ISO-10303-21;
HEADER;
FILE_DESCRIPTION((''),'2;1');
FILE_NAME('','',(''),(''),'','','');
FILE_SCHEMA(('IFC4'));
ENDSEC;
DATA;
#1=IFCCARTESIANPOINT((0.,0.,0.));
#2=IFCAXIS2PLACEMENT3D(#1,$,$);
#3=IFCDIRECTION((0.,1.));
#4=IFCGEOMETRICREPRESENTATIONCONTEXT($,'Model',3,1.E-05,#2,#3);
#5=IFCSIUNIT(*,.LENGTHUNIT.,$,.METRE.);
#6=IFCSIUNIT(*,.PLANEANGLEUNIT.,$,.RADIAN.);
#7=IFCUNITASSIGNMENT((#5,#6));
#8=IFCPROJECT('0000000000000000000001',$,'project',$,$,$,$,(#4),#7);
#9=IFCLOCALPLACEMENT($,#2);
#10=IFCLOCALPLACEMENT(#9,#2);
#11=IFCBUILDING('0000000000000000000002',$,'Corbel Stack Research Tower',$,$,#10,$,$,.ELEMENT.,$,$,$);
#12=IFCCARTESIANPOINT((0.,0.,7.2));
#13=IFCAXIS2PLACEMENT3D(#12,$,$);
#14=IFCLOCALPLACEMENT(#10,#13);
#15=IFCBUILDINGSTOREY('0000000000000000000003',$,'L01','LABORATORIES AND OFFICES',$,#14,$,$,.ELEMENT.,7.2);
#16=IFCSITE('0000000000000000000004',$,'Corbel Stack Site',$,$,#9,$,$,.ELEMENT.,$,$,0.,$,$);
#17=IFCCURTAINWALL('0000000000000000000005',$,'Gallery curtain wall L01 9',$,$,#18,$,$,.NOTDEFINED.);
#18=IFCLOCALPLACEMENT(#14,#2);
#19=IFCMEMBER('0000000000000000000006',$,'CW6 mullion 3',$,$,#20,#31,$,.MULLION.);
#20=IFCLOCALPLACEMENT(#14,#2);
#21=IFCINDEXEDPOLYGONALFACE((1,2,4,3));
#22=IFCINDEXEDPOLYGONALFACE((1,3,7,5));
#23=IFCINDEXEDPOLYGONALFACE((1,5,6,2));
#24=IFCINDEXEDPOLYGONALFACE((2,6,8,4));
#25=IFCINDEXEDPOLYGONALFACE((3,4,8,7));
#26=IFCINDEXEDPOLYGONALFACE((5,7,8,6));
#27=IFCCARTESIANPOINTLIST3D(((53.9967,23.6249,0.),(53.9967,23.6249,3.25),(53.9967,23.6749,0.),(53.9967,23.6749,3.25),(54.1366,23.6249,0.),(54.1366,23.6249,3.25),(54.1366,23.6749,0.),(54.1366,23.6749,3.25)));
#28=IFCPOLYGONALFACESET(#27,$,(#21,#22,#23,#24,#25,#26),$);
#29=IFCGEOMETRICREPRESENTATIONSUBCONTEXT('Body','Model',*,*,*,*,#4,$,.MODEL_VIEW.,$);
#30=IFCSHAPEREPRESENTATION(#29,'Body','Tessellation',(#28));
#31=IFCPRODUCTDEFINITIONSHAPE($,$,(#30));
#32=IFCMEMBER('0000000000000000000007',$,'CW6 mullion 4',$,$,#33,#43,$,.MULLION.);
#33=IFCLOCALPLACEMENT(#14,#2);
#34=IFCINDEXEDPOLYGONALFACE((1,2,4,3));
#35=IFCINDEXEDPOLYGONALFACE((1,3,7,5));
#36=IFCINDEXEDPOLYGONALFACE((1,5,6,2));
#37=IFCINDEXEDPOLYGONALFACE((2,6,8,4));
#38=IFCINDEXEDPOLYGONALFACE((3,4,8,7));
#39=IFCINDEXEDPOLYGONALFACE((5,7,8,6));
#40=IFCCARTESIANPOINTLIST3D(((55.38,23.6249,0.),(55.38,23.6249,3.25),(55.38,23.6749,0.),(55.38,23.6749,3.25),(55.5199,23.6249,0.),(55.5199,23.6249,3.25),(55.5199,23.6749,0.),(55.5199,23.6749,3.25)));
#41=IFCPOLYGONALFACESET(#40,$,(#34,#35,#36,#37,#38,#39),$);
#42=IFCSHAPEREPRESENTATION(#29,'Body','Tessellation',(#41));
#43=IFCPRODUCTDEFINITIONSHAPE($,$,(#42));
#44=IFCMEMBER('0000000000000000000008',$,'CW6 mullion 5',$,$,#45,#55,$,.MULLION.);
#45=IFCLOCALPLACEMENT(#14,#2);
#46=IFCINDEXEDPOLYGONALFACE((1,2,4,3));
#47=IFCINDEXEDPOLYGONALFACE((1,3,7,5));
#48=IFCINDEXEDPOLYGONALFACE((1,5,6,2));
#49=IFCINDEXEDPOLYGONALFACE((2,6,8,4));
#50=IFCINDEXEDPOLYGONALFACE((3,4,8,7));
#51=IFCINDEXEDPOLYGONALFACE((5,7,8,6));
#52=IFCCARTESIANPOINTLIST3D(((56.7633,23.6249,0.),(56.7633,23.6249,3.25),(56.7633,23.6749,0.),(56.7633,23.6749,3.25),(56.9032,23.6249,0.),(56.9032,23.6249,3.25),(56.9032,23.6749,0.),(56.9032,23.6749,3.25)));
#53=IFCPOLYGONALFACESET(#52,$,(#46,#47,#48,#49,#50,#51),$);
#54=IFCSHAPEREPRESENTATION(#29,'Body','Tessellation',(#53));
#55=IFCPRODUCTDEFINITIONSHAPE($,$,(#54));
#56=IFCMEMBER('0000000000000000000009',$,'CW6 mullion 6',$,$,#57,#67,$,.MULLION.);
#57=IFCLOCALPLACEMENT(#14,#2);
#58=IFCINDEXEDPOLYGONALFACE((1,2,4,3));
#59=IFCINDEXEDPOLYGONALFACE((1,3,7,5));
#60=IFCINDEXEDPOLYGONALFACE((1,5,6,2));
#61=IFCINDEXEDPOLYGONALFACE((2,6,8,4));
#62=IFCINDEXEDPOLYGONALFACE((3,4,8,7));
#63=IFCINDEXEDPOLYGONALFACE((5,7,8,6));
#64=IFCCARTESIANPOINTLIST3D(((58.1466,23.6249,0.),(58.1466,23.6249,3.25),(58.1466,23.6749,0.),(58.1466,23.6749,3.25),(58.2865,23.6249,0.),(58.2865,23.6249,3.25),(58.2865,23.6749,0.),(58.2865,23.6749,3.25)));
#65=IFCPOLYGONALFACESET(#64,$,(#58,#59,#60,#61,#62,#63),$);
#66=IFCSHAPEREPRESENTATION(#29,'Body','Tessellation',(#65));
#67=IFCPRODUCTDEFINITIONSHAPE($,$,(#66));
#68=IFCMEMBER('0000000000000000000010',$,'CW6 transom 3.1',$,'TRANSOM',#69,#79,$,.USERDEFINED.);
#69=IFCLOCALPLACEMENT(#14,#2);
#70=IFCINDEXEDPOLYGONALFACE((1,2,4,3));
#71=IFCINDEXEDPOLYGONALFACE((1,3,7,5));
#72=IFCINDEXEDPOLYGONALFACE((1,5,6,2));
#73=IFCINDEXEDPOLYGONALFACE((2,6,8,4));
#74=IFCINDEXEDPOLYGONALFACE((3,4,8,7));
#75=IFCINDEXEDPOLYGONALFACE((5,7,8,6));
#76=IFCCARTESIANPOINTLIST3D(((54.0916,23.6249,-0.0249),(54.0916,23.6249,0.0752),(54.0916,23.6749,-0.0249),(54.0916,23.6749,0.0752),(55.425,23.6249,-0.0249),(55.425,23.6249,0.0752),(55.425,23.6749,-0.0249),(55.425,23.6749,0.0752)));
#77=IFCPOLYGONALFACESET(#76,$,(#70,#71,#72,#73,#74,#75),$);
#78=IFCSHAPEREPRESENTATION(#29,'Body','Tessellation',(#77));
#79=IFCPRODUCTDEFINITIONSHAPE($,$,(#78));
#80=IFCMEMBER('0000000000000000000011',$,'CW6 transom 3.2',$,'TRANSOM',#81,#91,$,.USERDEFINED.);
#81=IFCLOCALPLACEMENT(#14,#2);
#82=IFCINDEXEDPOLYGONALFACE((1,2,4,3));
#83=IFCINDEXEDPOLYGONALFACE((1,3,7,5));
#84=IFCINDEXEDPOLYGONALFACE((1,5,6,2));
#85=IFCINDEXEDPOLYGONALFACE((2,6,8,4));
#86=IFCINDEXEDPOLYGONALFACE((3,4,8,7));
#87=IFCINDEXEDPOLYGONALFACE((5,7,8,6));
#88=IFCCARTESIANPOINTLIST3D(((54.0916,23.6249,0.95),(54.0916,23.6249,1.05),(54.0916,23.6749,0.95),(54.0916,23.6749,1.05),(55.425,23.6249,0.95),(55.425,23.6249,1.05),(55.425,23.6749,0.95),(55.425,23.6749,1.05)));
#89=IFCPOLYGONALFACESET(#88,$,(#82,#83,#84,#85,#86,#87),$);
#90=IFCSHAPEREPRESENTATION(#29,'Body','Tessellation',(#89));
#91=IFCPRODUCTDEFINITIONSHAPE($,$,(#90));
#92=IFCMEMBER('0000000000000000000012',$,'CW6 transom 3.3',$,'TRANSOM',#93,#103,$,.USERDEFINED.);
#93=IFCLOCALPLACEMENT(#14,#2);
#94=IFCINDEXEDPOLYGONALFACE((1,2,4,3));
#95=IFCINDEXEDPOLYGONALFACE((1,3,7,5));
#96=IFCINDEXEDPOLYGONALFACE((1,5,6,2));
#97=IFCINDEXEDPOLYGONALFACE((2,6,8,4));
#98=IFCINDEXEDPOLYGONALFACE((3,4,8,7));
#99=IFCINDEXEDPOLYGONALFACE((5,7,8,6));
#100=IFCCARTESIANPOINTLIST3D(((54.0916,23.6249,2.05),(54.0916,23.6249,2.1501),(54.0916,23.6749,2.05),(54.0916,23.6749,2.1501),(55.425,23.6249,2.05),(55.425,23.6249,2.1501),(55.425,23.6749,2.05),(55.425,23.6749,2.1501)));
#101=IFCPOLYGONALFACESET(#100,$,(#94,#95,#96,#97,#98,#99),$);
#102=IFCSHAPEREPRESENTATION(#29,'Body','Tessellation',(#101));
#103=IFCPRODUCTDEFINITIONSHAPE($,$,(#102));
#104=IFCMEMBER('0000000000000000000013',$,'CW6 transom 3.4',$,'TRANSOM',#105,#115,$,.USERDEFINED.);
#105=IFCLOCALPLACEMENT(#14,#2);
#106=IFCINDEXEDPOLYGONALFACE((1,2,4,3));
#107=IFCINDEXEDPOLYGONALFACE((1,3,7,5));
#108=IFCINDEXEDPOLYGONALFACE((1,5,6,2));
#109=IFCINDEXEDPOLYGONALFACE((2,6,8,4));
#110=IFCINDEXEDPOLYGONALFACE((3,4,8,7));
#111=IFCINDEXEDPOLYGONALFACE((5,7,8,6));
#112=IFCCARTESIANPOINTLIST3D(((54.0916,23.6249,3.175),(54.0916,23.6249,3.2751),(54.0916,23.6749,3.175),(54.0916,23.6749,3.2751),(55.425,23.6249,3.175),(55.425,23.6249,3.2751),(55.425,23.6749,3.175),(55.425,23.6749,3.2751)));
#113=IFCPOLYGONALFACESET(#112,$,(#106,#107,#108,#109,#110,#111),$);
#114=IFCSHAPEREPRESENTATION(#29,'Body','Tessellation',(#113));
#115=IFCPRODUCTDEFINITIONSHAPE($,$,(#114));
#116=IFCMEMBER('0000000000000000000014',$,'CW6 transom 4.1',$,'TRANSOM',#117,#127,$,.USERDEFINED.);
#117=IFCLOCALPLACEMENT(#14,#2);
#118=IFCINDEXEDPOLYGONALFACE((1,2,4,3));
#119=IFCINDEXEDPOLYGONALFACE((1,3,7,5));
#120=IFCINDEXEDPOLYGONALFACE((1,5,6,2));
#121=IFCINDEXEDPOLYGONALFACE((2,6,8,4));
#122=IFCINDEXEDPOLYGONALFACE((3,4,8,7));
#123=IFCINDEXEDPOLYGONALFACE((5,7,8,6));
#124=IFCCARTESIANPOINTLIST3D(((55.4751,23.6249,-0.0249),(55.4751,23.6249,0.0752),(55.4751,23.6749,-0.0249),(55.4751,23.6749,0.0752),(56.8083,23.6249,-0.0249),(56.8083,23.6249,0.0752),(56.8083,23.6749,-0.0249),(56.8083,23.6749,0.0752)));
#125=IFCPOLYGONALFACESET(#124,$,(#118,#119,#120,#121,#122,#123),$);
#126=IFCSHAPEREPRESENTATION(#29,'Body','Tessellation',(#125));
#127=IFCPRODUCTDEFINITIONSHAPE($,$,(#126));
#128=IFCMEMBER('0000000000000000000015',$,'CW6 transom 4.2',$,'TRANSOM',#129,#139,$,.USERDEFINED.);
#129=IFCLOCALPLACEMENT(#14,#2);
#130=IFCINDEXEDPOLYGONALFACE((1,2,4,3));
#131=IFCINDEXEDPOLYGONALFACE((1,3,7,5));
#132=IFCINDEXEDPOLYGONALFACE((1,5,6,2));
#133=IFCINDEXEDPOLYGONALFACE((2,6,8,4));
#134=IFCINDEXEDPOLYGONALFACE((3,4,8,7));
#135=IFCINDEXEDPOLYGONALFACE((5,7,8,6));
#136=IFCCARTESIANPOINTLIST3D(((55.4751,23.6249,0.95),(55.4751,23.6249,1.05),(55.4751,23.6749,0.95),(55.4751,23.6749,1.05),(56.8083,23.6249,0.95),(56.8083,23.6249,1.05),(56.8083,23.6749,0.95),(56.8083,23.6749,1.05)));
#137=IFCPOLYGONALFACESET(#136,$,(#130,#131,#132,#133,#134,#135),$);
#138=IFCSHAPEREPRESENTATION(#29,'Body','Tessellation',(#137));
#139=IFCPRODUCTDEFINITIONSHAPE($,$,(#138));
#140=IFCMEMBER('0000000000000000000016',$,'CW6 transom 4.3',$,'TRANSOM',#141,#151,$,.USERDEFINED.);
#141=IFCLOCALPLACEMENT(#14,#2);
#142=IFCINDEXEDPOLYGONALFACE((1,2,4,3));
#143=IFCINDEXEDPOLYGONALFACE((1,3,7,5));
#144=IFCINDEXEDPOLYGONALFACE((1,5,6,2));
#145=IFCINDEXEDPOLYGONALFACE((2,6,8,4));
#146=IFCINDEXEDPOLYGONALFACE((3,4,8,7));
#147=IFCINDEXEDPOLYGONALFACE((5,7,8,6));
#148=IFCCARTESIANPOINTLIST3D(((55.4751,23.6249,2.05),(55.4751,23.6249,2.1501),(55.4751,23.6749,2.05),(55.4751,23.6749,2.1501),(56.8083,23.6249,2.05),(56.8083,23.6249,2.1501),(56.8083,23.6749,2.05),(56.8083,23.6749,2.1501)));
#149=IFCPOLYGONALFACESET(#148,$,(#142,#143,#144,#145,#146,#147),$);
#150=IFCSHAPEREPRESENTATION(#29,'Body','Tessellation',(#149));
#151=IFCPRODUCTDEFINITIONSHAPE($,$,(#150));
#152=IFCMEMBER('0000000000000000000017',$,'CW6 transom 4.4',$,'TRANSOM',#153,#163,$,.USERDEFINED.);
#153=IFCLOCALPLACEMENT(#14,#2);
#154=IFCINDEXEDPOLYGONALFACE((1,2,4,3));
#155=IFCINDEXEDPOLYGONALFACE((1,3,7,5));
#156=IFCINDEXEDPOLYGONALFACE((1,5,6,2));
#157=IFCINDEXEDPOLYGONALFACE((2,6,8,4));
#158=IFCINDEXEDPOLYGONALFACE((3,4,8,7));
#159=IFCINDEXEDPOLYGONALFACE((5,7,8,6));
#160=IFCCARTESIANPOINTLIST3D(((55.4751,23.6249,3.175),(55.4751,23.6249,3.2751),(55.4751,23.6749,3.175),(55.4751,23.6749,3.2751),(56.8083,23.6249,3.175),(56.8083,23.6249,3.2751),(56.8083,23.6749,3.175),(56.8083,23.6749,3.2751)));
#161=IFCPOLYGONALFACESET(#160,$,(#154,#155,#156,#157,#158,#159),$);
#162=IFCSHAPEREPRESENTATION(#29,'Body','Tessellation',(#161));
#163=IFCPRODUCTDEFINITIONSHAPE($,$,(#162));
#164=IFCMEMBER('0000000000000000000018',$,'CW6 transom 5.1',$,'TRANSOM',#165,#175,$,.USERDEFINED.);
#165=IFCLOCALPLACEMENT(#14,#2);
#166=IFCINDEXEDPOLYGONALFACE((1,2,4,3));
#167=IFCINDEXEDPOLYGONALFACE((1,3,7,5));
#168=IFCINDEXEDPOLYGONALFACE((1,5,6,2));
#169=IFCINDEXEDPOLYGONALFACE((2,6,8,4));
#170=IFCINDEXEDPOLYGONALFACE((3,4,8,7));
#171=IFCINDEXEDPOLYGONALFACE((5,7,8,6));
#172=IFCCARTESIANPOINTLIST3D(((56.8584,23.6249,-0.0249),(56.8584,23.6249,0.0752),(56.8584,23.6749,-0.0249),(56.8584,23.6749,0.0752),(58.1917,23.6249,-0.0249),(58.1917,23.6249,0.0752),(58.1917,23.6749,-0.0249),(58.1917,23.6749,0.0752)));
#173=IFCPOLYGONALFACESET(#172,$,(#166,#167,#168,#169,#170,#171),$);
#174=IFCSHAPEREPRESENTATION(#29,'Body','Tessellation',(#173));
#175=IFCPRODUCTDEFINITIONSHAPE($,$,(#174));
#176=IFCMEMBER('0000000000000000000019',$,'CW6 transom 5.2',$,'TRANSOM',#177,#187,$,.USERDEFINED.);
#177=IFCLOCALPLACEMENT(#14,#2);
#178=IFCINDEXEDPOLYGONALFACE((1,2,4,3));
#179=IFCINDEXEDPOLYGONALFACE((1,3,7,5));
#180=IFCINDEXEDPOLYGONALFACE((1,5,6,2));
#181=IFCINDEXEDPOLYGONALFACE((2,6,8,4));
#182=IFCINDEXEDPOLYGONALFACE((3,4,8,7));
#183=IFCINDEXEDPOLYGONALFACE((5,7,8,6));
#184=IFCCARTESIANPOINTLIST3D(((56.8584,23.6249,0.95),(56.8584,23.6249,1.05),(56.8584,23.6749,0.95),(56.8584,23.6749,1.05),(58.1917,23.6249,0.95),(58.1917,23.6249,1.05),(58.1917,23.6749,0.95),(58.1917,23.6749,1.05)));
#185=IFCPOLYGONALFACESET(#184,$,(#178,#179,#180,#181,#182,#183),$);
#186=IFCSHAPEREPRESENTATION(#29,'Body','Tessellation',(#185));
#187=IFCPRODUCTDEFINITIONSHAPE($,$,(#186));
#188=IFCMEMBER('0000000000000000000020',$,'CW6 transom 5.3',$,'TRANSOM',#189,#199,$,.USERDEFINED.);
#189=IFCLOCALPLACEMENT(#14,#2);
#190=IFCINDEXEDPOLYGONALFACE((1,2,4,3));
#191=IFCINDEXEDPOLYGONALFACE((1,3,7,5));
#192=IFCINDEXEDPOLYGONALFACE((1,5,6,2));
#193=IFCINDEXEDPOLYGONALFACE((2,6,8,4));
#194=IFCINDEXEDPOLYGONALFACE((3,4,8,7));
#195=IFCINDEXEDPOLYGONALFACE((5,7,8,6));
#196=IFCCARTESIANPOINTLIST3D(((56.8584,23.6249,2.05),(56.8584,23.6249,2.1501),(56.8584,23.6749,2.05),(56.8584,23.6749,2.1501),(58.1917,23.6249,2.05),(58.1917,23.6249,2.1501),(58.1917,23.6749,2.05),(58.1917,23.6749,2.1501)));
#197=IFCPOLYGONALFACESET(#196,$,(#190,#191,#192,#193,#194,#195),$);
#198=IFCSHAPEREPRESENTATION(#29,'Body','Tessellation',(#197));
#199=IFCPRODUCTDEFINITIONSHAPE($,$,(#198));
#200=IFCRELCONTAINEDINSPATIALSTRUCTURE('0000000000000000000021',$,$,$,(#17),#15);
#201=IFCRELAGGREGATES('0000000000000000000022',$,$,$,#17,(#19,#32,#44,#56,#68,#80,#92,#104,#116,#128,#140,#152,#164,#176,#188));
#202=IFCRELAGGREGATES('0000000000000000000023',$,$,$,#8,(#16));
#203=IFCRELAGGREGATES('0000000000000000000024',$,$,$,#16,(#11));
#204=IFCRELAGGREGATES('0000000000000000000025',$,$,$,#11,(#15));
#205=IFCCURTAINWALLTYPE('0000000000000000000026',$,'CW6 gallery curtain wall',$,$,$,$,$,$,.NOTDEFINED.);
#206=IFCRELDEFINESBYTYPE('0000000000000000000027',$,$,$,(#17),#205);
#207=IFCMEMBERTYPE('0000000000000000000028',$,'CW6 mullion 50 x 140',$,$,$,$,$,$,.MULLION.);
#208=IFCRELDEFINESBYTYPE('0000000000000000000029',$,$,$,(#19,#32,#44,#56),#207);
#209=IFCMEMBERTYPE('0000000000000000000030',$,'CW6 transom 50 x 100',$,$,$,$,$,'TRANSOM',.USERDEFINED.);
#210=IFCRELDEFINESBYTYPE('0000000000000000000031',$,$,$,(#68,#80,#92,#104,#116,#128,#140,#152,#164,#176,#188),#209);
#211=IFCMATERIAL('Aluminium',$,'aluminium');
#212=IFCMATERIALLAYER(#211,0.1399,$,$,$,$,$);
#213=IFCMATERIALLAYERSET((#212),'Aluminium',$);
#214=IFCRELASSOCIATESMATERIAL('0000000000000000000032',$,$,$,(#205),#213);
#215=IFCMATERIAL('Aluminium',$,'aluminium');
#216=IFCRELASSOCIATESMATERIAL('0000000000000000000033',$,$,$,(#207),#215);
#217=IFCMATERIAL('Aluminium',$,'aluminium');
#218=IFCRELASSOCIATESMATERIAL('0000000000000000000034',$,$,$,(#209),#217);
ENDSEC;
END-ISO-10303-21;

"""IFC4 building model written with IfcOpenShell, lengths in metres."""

from ifc_helpers import new_model, si_unit, direction, frame, origin, origin_2d, place, context, subcontext, project, spatial, rectangle, extrude, material, layer, layer_set, material_profile, profile_set, type_object, element, aggregate, save


model = new_model("IFC4")

# Units and contexts
model_context = context("Model", 3, precision=1e-05, world=origin(), true_north=direction((0.0, 1.0)))
body_context = subcontext(model_context, "Body", "Model", "MODEL_VIEW")
ifc_project = project(units=[si_unit("LENGTHUNIT", "METRE"), si_unit("PLANEANGLEUNIT", "RADIAN")], contexts=[model_context])

# Site, building, storey
site_placement = place(None, origin())
site = spatial("IfcSite", under=ifc_project, at=site_placement, Name="Corbel Stack Site", CompositionType="ELEMENT", RefElevation=0.0)
building_placement = place(site_placement, origin())
building = spatial("IfcBuilding", under=site, at=building_placement, Name="Corbel Stack Research Tower", CompositionType="ELEMENT")
storey_placement = place(building_placement, frame((0.0, 0.0, 7.2)))
storey = spatial("IfcBuildingStorey", under=building, at=storey_placement, Name="L01", Description="LABORATORIES AND OFFICES", CompositionType="ELEMENT", Elevation=7.2)

# Curtain wall, members
ifc_material_1 = material(Name="Aluminium", Category="aluminium")
ifc_layer_1 = layer(ifc_material_1, 0.1399)
ifc_layer_set_1 = layer_set([ifc_layer_1], Name="Aluminium")
curtain_wall_type = type_object("IfcCurtainWallType", Name="CW6 gallery curtain wall", PredefinedType="NOTDEFINED", material=ifc_layer_set_1)
curtain_wall_placement = place(storey_placement, origin())
curtain_wall = element("IfcCurtainWall", 1, at=curtain_wall_placement, inside=storey, type_object=curtain_wall_type, Name="Gallery curtain wall L01 9", PredefinedType="NOTDEFINED")
ifc_material_2 = material(Name="Aluminium", Category="aluminium")
ifc_material_profile_1 = material_profile(ifc_material_2, rectangle(XDim=0.05, YDim=0.1399, at=origin_2d()), Name="Mullion 50 x 140")
ifc_profile_set_1 = profile_set([ifc_material_profile_1], Name="Aluminium")
member_type_1 = type_object("IfcMemberType", Name="CW6 mullion 50 x 140", PredefinedType="MULLION", material=ifc_profile_set_1)
member_1_placement = place(storey_placement, frame((54.0667, 23.6499, 0.0), z_axis=(0.0, 0.0, 1.0), x_axis=(0.0, 1.0, 0.0)))
member_1 = element("IfcMember", 2, at=member_1_placement, type_object=member_type_1, Name="CW6 mullion 3", PredefinedType="MULLION", context=body_context, shape_type="SweptSolid", body=[
    extrude(rectangle(XDim=0.05, YDim=0.1399, at=origin_2d()), origin(), (0.0, 0.0, 1.0), 3.25),
])
member_2_placement = place(storey_placement, frame((55.45, 23.6499, 0.0), z_axis=(0.0, 0.0, 1.0), x_axis=(0.0, 1.0, 0.0)))
member_2 = element("IfcMember", 3, at=member_2_placement, type_object=member_type_1, Name="CW6 mullion 4", PredefinedType="MULLION", context=body_context, shape_type="SweptSolid", body=[
    extrude(rectangle(XDim=0.05, YDim=0.1399, at=origin_2d()), origin(), (0.0, 0.0, 1.0), 3.25),
])
member_3_placement = place(storey_placement, frame((56.8333, 23.6499, 0.0), z_axis=(0.0, 0.0, 1.0), x_axis=(0.0, 1.0, 0.0)))
member_3 = element("IfcMember", 4, at=member_3_placement, type_object=member_type_1, Name="CW6 mullion 5", PredefinedType="MULLION", context=body_context, shape_type="SweptSolid", body=[
    extrude(rectangle(XDim=0.05, YDim=0.1399, at=origin_2d()), origin(), (0.0, 0.0, 1.0), 3.25),
])
member_4_placement = place(storey_placement, frame((58.2166, 23.6499, 0.0), z_axis=(0.0, 0.0, 1.0), x_axis=(0.0, 1.0, 0.0)))
member_4 = element("IfcMember", 5, at=member_4_placement, type_object=member_type_1, Name="CW6 mullion 6", PredefinedType="MULLION", context=body_context, shape_type="SweptSolid", body=[
    extrude(rectangle(XDim=0.05, YDim=0.1399, at=origin_2d()), origin(), (0.0, 0.0, 1.0), 3.25),
])
ifc_material_3 = material(Name="Aluminium", Category="aluminium")
ifc_material_profile_2 = material_profile(ifc_material_3, rectangle(XDim=0.05, YDim=0.1001, at=origin_2d()), Name="Transom 50 x 100")
ifc_profile_set_2 = profile_set([ifc_material_profile_2], Name="Aluminium")
member_type_2 = type_object("IfcMemberType", Name="CW6 transom 50 x 100", ElementType="TRANSOM", PredefinedType="USERDEFINED", material=ifc_profile_set_2)
member_5_placement = place(storey_placement, frame((54.0916, 23.6499, 0.0251), z_axis=(1.0, 0.0, 0.0), x_axis=(0.0, 1.0, 0.0)))
member_5 = element("IfcMember", 6, at=member_5_placement, type_object=member_type_2, Name="CW6 transom 3.1", ObjectType="TRANSOM", PredefinedType="USERDEFINED", context=body_context, shape_type="SweptSolid", body=[
    extrude(rectangle(XDim=0.05, YDim=0.1001, at=origin_2d()), origin(), (0.0, 0.0, 1.0), 1.3335),
])
member_6_placement = place(storey_placement, frame((54.0916, 23.6499, 1.0), z_axis=(1.0, 0.0, 0.0), x_axis=(0.0, 1.0, 0.0)))
member_6 = element("IfcMember", 7, at=member_6_placement, type_object=member_type_2, Name="CW6 transom 3.2", ObjectType="TRANSOM", PredefinedType="USERDEFINED", context=body_context, shape_type="SweptSolid", body=[
    extrude(rectangle(XDim=0.05, YDim=0.1001, at=origin_2d()), origin(), (0.0, 0.0, 1.0), 1.3335),
])
member_7_placement = place(storey_placement, frame((54.0916, 23.6499, 2.1001), z_axis=(1.0, 0.0, 0.0), x_axis=(0.0, 1.0, 0.0)))
member_7 = element("IfcMember", 8, at=member_7_placement, type_object=member_type_2, Name="CW6 transom 3.3", ObjectType="TRANSOM", PredefinedType="USERDEFINED", context=body_context, shape_type="SweptSolid", body=[
    extrude(rectangle(XDim=0.05, YDim=0.1001, at=origin_2d()), origin(), (0.0, 0.0, 1.0), 1.3335),
])
member_8_placement = place(storey_placement, frame((54.0916, 23.6499, 3.2251), z_axis=(1.0, 0.0, 0.0), x_axis=(0.0, 1.0, 0.0)))
member_8 = element("IfcMember", 9, at=member_8_placement, type_object=member_type_2, Name="CW6 transom 3.4", ObjectType="TRANSOM", PredefinedType="USERDEFINED", context=body_context, shape_type="SweptSolid", body=[
    extrude(rectangle(XDim=0.05, YDim=0.1001, at=origin_2d()), origin(), (0.0, 0.0, 1.0), 1.3335),
])
member_9_placement = place(storey_placement, frame((55.4751, 23.6499, 0.0251), z_axis=(1.0, 0.0, 0.0), x_axis=(0.0, 1.0, 0.0)))
member_9 = element("IfcMember", 10, at=member_9_placement, type_object=member_type_2, Name="CW6 transom 4.1", ObjectType="TRANSOM", PredefinedType="USERDEFINED", context=body_context, shape_type="SweptSolid", body=[
    extrude(rectangle(XDim=0.05, YDim=0.1001, at=origin_2d()), origin(), (0.0, 0.0, 1.0), 1.3333),
])
member_10_placement = place(storey_placement, frame((55.4751, 23.6499, 1.0), z_axis=(1.0, 0.0, 0.0), x_axis=(0.0, 1.0, 0.0)))
member_10 = element("IfcMember", 11, at=member_10_placement, type_object=member_type_2, Name="CW6 transom 4.2", ObjectType="TRANSOM", PredefinedType="USERDEFINED", context=body_context, shape_type="SweptSolid", body=[
    extrude(rectangle(XDim=0.05, YDim=0.1001, at=origin_2d()), origin(), (0.0, 0.0, 1.0), 1.3333),
])
member_11_placement = place(storey_placement, frame((55.4751, 23.6499, 2.1001), z_axis=(1.0, 0.0, 0.0), x_axis=(0.0, 1.0, 0.0)))
member_11 = element("IfcMember", 12, at=member_11_placement, type_object=member_type_2, Name="CW6 transom 4.3", ObjectType="TRANSOM", PredefinedType="USERDEFINED", context=body_context, shape_type="SweptSolid", body=[
    extrude(rectangle(XDim=0.05, YDim=0.1001, at=origin_2d()), origin(), (0.0, 0.0, 1.0), 1.3333),
])
member_12_placement = place(storey_placement, frame((55.4751, 23.6499, 3.2251), z_axis=(1.0, 0.0, 0.0), x_axis=(0.0, 1.0, 0.0)))
member_12 = element("IfcMember", 13, at=member_12_placement, type_object=member_type_2, Name="CW6 transom 4.4", ObjectType="TRANSOM", PredefinedType="USERDEFINED", context=body_context, shape_type="SweptSolid", body=[
    extrude(rectangle(XDim=0.05, YDim=0.1001, at=origin_2d()), origin(), (0.0, 0.0, 1.0), 1.3333),
])
member_13_placement = place(storey_placement, frame((56.8584, 23.6499, 0.0251), z_axis=(1.0, 0.0, 0.0), x_axis=(0.0, 1.0, 0.0)))
member_13 = element("IfcMember", 14, at=member_13_placement, type_object=member_type_2, Name="CW6 transom 5.1", ObjectType="TRANSOM", PredefinedType="USERDEFINED", context=body_context, shape_type="SweptSolid", body=[
    extrude(rectangle(XDim=0.05, YDim=0.1001, at=origin_2d()), origin(), (0.0, 0.0, 1.0), 1.3333),
])
member_14_placement = place(storey_placement, frame((56.8584, 23.6499, 1.0), z_axis=(1.0, 0.0, 0.0), x_axis=(0.0, 1.0, 0.0)))
member_14 = element("IfcMember", 15, at=member_14_placement, type_object=member_type_2, Name="CW6 transom 5.2", ObjectType="TRANSOM", PredefinedType="USERDEFINED", context=body_context, shape_type="SweptSolid", body=[
    extrude(rectangle(XDim=0.05, YDim=0.1001, at=origin_2d()), origin(), (0.0, 0.0, 1.0), 1.3333),
])
member_15_placement = place(storey_placement, frame((56.8584, 23.6499, 2.1001), z_axis=(1.0, 0.0, 0.0), x_axis=(0.0, 1.0, 0.0)))
member_15 = element("IfcMember", 16, at=member_15_placement, type_object=member_type_2, Name="CW6 transom 5.3", ObjectType="TRANSOM", PredefinedType="USERDEFINED", context=body_context, shape_type="SweptSolid", body=[
    extrude(rectangle(XDim=0.05, YDim=0.1001, at=origin_2d()), origin(), (0.0, 0.0, 1.0), 1.3333),
])
aggregate(curtain_wall, [member_1, member_2, member_3, member_4, member_5, member_6, member_7, member_8, member_9, member_10, member_11, member_12, member_13, member_14, member_15])

save(model, "model.ifc")
